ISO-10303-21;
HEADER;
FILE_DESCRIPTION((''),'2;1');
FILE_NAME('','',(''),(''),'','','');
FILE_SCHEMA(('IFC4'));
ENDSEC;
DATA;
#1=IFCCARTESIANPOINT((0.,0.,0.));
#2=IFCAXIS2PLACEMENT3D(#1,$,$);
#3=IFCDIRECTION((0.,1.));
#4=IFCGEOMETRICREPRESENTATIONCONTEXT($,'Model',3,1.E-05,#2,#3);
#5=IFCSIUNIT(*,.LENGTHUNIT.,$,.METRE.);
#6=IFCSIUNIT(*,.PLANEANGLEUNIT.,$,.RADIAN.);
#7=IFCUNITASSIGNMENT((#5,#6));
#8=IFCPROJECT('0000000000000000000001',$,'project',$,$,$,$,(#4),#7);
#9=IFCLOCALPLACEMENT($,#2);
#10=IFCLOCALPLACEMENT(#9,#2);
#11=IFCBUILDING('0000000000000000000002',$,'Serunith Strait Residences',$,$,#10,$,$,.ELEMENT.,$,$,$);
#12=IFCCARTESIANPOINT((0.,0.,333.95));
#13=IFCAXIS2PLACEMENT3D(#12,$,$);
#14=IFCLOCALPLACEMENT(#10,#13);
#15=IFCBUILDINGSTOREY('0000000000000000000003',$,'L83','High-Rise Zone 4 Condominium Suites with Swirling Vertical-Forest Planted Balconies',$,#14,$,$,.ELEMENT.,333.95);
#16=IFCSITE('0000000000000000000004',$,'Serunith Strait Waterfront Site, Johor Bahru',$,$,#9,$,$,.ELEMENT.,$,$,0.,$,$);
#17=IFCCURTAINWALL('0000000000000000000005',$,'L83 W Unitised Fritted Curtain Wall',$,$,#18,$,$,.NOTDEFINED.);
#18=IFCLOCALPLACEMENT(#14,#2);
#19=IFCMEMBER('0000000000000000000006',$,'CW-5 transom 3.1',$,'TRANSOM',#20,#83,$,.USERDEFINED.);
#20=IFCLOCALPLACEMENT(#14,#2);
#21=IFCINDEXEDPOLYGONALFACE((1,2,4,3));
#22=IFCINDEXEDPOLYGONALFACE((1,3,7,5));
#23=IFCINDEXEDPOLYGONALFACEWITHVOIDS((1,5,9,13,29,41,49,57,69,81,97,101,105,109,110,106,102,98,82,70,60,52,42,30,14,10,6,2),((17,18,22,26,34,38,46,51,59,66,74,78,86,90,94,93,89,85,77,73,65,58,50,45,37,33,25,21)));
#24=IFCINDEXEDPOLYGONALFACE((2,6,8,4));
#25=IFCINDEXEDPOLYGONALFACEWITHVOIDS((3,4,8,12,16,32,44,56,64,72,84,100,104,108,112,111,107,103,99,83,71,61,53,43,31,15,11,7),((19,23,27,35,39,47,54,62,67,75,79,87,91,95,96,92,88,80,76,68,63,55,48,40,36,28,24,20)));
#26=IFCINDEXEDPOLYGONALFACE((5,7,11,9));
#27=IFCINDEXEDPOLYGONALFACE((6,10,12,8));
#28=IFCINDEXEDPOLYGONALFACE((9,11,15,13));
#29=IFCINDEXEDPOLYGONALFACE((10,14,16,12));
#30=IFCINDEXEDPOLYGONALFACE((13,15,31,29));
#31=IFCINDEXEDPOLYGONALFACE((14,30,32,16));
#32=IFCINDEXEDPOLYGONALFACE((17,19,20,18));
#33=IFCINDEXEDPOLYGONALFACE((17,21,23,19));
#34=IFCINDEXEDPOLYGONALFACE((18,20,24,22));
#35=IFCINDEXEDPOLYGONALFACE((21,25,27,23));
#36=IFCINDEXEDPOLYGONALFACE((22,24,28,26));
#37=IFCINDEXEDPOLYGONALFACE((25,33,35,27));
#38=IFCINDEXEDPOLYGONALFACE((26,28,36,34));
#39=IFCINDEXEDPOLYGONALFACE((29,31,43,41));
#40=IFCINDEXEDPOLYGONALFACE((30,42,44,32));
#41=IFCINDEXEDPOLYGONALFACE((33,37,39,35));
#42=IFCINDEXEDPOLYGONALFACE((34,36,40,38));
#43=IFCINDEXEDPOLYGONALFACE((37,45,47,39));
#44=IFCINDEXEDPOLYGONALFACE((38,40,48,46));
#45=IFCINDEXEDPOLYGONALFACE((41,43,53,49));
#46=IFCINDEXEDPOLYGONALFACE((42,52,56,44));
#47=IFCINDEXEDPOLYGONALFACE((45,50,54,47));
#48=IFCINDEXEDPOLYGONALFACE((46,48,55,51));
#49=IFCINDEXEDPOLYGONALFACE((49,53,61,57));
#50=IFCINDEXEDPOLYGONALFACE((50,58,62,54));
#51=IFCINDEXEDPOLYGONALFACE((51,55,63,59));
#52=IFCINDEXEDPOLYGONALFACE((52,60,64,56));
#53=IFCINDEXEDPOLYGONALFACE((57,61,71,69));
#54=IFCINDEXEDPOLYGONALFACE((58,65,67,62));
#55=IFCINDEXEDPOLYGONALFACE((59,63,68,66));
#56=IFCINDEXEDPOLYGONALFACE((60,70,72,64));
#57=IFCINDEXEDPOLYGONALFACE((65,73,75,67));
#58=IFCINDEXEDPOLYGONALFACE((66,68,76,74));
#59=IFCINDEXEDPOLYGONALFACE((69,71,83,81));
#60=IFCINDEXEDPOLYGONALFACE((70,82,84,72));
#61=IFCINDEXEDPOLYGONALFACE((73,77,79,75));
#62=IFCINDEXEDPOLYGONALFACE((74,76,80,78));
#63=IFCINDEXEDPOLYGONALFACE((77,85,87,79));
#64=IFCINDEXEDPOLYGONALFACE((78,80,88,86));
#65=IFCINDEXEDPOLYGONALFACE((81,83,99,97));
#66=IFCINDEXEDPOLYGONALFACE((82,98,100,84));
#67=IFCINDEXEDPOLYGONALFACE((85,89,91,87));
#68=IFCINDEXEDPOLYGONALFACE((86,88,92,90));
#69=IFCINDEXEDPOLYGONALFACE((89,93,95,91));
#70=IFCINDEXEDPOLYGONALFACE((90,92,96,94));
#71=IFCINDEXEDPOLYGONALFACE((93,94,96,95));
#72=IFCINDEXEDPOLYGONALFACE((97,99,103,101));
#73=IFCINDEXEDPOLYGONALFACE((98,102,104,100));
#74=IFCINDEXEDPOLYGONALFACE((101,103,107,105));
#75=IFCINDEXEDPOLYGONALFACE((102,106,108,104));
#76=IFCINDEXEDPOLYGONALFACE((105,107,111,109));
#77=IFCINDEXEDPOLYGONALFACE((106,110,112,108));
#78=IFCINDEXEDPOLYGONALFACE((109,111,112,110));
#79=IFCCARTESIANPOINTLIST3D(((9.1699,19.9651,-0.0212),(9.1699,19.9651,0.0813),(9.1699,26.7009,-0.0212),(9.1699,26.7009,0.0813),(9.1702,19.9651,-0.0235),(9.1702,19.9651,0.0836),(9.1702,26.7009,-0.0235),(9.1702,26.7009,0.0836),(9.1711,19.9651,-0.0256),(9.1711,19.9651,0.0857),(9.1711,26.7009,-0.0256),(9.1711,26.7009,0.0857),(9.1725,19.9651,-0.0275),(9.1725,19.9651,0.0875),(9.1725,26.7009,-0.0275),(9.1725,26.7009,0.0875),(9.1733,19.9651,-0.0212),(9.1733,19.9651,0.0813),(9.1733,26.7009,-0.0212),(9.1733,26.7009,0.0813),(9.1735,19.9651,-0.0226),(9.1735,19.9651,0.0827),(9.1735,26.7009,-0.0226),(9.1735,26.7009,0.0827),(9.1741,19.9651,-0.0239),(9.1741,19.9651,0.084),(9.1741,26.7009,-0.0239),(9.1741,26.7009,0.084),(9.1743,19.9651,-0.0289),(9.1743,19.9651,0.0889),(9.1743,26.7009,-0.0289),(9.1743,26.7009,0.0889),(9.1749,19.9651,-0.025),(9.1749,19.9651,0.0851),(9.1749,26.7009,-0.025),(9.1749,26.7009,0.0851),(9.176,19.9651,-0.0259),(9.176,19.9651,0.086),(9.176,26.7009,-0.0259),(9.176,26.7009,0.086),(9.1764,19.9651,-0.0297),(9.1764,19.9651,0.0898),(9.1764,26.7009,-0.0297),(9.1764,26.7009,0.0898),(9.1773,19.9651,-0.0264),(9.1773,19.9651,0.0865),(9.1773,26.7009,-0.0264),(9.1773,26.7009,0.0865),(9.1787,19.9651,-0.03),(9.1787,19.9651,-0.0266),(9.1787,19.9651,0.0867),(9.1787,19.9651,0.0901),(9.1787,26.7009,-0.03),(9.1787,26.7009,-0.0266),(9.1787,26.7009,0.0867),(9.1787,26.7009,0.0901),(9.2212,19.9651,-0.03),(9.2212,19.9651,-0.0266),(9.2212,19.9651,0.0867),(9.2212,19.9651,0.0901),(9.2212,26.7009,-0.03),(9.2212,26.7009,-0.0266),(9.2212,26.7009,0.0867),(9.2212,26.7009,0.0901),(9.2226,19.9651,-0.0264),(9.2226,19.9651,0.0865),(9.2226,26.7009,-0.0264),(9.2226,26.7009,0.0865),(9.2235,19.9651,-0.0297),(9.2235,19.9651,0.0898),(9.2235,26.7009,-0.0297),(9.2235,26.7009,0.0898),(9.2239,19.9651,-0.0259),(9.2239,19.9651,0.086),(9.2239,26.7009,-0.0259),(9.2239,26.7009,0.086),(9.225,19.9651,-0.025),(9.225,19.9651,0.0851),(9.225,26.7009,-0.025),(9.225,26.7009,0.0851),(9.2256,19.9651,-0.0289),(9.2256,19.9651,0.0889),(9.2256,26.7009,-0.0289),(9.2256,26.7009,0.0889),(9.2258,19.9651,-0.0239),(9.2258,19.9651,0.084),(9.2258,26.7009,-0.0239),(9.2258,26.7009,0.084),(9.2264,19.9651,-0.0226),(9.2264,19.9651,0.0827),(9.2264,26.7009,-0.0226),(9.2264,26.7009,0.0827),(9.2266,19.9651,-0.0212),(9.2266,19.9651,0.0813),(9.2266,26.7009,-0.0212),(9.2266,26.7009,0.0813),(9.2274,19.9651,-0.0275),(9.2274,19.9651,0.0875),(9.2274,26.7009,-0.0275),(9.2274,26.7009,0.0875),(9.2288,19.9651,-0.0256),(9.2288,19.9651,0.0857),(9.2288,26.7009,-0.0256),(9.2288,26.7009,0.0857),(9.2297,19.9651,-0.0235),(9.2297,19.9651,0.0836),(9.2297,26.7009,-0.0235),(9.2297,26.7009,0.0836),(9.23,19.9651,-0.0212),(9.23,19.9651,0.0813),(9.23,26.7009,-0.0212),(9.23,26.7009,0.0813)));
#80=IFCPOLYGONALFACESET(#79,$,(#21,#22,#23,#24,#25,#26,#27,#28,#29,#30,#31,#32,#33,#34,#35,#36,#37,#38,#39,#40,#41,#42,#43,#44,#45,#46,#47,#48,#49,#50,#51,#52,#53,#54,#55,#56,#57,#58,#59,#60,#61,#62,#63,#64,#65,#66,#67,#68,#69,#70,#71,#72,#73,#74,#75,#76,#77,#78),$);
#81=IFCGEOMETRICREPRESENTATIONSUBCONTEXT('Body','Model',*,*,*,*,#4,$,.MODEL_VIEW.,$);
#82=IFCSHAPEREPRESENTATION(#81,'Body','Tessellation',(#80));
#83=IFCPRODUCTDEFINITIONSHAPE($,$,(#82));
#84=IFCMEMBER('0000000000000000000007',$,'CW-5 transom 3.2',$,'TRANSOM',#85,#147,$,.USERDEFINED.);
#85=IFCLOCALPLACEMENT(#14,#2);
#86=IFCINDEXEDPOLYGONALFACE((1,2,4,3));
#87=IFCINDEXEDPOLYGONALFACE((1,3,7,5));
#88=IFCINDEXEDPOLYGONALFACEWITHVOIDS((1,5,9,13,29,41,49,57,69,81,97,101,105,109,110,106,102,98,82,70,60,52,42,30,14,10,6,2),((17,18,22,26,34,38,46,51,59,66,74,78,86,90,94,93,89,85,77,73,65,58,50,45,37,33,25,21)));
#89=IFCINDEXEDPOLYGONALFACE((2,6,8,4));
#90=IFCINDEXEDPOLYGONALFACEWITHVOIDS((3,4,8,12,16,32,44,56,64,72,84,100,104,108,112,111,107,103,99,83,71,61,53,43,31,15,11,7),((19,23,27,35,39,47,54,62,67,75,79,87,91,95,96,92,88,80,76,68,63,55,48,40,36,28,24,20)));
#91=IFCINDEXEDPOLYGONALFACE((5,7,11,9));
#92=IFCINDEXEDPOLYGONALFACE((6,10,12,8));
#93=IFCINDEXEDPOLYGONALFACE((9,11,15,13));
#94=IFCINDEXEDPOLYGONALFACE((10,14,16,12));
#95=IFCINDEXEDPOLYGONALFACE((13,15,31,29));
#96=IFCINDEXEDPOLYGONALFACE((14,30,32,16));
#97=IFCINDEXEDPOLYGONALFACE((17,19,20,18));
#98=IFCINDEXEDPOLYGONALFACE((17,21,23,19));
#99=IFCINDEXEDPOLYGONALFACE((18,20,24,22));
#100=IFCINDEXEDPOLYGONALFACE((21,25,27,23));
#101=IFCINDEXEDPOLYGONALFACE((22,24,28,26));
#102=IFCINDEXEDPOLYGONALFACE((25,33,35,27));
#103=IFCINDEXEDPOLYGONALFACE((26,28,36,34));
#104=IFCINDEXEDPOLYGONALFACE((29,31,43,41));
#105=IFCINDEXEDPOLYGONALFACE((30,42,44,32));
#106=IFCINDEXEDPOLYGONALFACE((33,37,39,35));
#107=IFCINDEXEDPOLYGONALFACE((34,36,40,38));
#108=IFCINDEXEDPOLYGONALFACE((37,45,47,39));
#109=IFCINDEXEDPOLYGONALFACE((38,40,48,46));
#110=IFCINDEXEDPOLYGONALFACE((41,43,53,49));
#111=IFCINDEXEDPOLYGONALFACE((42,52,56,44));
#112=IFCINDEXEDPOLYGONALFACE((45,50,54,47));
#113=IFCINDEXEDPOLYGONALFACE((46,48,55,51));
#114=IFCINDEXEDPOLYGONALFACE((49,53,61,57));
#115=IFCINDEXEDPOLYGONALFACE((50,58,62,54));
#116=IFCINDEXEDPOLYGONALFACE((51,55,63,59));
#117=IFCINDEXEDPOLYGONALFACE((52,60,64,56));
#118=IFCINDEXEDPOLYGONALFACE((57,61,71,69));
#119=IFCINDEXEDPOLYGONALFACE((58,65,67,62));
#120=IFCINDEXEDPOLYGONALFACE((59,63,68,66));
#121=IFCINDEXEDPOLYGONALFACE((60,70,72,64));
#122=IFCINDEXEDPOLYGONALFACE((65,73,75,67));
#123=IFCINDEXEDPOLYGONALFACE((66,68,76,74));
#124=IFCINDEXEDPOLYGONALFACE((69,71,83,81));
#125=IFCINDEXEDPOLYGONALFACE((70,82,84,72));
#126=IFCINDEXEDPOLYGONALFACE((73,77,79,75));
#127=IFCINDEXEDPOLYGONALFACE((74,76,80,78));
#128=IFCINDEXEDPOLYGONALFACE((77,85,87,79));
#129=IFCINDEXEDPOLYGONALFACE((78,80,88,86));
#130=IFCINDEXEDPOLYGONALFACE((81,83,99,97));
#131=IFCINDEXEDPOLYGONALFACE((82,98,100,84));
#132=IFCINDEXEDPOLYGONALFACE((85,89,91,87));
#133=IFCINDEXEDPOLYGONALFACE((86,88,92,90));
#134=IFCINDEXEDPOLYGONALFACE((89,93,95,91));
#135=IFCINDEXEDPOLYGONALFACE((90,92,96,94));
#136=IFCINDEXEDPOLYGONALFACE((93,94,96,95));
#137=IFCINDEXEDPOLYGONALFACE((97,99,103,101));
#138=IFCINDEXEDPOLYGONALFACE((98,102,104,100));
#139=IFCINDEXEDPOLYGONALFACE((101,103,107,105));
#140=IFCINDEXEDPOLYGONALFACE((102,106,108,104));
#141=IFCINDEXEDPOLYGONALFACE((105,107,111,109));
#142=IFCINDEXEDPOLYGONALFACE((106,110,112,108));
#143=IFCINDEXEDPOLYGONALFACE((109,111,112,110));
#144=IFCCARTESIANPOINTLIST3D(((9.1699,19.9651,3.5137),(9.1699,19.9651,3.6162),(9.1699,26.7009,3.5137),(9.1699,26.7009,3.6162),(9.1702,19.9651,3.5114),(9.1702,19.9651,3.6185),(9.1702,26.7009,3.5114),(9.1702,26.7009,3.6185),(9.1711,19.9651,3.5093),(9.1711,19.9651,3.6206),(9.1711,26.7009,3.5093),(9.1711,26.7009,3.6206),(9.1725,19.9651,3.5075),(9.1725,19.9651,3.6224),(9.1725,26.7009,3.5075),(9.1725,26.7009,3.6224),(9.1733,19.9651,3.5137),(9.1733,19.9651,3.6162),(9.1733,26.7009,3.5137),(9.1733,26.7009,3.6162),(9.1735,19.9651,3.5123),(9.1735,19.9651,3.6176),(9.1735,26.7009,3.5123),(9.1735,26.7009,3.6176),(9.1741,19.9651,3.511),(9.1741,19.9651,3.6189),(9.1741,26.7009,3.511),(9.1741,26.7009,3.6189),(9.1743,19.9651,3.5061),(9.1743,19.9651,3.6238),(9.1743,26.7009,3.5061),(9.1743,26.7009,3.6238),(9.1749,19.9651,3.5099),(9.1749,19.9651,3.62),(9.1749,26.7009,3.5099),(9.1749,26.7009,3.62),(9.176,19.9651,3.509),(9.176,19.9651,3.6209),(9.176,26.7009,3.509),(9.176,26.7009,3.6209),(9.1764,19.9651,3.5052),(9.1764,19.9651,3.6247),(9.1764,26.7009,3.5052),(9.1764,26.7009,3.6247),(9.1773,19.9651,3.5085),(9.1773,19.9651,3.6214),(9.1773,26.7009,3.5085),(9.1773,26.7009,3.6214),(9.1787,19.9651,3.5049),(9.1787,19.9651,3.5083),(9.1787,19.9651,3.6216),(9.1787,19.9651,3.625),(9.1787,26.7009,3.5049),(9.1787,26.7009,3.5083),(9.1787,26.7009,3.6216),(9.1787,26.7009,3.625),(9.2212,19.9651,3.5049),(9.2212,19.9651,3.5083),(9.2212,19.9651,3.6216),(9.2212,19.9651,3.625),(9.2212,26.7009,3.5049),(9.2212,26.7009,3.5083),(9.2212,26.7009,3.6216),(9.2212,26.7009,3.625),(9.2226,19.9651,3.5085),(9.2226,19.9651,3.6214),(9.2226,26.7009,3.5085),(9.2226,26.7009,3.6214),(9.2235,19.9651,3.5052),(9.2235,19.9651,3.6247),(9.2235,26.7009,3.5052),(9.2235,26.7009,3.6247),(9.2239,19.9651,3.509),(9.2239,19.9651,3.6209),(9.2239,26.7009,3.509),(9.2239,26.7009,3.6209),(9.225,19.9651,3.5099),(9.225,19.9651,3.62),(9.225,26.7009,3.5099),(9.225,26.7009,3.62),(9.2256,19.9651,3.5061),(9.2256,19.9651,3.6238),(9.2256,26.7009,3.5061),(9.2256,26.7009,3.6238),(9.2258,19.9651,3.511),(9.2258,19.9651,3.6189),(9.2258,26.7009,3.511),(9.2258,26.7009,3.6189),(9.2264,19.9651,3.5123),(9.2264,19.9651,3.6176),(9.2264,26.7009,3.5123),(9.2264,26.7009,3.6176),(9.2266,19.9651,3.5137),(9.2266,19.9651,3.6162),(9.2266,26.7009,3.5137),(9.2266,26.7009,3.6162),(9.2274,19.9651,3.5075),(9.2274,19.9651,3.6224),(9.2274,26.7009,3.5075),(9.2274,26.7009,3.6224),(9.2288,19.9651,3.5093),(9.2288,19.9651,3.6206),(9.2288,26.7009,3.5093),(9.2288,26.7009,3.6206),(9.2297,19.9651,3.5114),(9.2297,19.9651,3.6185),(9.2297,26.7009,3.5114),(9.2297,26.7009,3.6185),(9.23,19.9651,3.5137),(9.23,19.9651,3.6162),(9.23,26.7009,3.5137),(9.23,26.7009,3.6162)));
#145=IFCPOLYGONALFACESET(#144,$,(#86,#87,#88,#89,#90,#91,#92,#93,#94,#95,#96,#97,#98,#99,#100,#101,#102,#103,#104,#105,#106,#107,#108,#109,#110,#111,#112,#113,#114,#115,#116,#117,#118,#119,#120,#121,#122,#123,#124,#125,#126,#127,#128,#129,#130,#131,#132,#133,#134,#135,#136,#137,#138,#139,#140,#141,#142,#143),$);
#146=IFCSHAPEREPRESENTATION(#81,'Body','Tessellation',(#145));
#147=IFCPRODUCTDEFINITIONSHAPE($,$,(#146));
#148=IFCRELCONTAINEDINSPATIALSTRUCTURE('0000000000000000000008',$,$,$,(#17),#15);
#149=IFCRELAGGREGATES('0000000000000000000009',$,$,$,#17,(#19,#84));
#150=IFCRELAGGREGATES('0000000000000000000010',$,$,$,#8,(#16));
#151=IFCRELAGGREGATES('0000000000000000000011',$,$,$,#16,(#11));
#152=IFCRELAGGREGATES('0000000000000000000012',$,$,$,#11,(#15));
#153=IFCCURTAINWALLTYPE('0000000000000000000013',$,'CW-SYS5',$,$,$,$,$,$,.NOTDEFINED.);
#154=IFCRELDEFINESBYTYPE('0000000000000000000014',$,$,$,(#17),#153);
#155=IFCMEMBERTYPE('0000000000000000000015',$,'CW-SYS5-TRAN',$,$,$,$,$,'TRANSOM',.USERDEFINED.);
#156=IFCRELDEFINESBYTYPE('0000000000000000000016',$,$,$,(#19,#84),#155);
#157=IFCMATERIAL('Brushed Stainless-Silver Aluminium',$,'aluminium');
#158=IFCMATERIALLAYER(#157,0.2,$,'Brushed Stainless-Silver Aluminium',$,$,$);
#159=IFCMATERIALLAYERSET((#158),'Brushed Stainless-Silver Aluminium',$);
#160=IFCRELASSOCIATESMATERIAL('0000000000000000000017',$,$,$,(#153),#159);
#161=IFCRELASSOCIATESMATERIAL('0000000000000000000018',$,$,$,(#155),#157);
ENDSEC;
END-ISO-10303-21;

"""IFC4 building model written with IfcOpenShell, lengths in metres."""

from ifc_helpers import new_model, si_unit, direction, frame, origin, origin_2d, place, context, subcontext, project, spatial, hollow_rectangle, extrude, source, transform, mapped, material, layer, layer_set, material_profile, profile_set, type_object, element, aggregate, save


model = new_model("IFC4")

# Units and contexts
model_context = context("Model", 3, precision=1e-05, world=origin(), true_north=direction((0.0, 1.0)))
body_context = subcontext(model_context, "Body", "Model", "MODEL_VIEW")
ifc_project = project(units=[si_unit("LENGTHUNIT", "METRE"), si_unit("PLANEANGLEUNIT", "RADIAN")], contexts=[model_context])

# Site, building, storey
site_placement = place(None, origin())
site = spatial("IfcSite", under=ifc_project, at=site_placement, Name="Serunith Strait Waterfront Site, Johor Bahru", CompositionType="ELEMENT", RefElevation=0.0)
building_placement = place(site_placement, origin())
building = spatial("IfcBuilding", under=site, at=building_placement, Name="Serunith Strait Residences", CompositionType="ELEMENT")
storey_placement = place(building_placement, frame((0.0, 0.0, 333.95)))
storey = spatial("IfcBuildingStorey", under=building, at=storey_placement, Name="L83", Description="High-Rise Zone 4 Condominium Suites with Swirling Vertical-Forest Planted Balconies", CompositionType="ELEMENT", Elevation=333.95)

# Curtain wall, members
ifc_material_1 = material(Name="Brushed Stainless-Silver Aluminium", Category="aluminium")
ifc_layer_1 = layer(ifc_material_1, 0.2, Name="Brushed Stainless-Silver Aluminium")
ifc_layer_set_1 = layer_set([ifc_layer_1], Name="Brushed Stainless-Silver Aluminium")
curtain_wall_type = type_object("IfcCurtainWallType", Name="CW-SYS5", PredefinedType="NOTDEFINED", material=ifc_layer_set_1)
curtain_wall_placement = place(storey_placement, origin())
curtain_wall = element("IfcCurtainWall", 1, at=curtain_wall_placement, inside=storey, type_object=curtain_wall_type, Name="L83 W Unitised Fritted Curtain Wall", PredefinedType="NOTDEFINED")
ifc_material_profile_1 = material_profile(ifc_material_1, hollow_rectangle(XDim=0.0601, YDim=0.1201, WallThickness=0.0034, InnerFilletRadius=0.0054, OuterFilletRadius=0.0088, at=origin_2d()), Name="ALU 120x60x3.5")
ifc_profile_set_1 = profile_set([ifc_material_profile_1], Name="Brushed Stainless-Silver Aluminium")
member_type_1 = type_object("IfcMemberType", Name="CW-SYS5-TRAN", ElementType="TRANSOM", PredefinedType="USERDEFINED", material=ifc_profile_set_1)
shared_shape_1 = source(origin(), body_context, "Body", "SweptSolid", [
    extrude(hollow_rectangle(XDim=0.0601, YDim=0.1201, WallThickness=0.0034, InnerFilletRadius=0.0054, OuterFilletRadius=0.0088, at=origin_2d()), origin(), (0.0, 0.0, 1.0), 6.7358),
])
member_1_placement = place(storey_placement, frame((9.2, 26.7009, 0.03), z_axis=(0.0, -1.0, 0.0), x_axis=(1.0, 0.0, 0.0)))
member_1 = element("IfcMember", 2, at=member_1_placement, type_object=member_type_1, Name="CW-5 transom 3.1", ObjectType="TRANSOM", PredefinedType="USERDEFINED", context=body_context, shape_type="MappedRepresentation", body=[
    mapped(shared_shape_1, transform((0.0, 0.0, 0.0), scale=1.0)),
])
member_2_placement = place(storey_placement, frame((9.2, 26.7009, 3.5649), z_axis=(0.0, -1.0, 0.0), x_axis=(1.0, 0.0, 0.0)))
member_2 = element("IfcMember", 3, at=member_2_placement, type_object=member_type_1, Name="CW-5 transom 3.2", ObjectType="TRANSOM", PredefinedType="USERDEFINED", context=body_context, shape_type="MappedRepresentation", body=[
    mapped(shared_shape_1, transform((0.0, 0.0, 0.0), scale=1.0)),
])
aggregate(curtain_wall, [member_1, member_2])

save(model, "model.ifc")
